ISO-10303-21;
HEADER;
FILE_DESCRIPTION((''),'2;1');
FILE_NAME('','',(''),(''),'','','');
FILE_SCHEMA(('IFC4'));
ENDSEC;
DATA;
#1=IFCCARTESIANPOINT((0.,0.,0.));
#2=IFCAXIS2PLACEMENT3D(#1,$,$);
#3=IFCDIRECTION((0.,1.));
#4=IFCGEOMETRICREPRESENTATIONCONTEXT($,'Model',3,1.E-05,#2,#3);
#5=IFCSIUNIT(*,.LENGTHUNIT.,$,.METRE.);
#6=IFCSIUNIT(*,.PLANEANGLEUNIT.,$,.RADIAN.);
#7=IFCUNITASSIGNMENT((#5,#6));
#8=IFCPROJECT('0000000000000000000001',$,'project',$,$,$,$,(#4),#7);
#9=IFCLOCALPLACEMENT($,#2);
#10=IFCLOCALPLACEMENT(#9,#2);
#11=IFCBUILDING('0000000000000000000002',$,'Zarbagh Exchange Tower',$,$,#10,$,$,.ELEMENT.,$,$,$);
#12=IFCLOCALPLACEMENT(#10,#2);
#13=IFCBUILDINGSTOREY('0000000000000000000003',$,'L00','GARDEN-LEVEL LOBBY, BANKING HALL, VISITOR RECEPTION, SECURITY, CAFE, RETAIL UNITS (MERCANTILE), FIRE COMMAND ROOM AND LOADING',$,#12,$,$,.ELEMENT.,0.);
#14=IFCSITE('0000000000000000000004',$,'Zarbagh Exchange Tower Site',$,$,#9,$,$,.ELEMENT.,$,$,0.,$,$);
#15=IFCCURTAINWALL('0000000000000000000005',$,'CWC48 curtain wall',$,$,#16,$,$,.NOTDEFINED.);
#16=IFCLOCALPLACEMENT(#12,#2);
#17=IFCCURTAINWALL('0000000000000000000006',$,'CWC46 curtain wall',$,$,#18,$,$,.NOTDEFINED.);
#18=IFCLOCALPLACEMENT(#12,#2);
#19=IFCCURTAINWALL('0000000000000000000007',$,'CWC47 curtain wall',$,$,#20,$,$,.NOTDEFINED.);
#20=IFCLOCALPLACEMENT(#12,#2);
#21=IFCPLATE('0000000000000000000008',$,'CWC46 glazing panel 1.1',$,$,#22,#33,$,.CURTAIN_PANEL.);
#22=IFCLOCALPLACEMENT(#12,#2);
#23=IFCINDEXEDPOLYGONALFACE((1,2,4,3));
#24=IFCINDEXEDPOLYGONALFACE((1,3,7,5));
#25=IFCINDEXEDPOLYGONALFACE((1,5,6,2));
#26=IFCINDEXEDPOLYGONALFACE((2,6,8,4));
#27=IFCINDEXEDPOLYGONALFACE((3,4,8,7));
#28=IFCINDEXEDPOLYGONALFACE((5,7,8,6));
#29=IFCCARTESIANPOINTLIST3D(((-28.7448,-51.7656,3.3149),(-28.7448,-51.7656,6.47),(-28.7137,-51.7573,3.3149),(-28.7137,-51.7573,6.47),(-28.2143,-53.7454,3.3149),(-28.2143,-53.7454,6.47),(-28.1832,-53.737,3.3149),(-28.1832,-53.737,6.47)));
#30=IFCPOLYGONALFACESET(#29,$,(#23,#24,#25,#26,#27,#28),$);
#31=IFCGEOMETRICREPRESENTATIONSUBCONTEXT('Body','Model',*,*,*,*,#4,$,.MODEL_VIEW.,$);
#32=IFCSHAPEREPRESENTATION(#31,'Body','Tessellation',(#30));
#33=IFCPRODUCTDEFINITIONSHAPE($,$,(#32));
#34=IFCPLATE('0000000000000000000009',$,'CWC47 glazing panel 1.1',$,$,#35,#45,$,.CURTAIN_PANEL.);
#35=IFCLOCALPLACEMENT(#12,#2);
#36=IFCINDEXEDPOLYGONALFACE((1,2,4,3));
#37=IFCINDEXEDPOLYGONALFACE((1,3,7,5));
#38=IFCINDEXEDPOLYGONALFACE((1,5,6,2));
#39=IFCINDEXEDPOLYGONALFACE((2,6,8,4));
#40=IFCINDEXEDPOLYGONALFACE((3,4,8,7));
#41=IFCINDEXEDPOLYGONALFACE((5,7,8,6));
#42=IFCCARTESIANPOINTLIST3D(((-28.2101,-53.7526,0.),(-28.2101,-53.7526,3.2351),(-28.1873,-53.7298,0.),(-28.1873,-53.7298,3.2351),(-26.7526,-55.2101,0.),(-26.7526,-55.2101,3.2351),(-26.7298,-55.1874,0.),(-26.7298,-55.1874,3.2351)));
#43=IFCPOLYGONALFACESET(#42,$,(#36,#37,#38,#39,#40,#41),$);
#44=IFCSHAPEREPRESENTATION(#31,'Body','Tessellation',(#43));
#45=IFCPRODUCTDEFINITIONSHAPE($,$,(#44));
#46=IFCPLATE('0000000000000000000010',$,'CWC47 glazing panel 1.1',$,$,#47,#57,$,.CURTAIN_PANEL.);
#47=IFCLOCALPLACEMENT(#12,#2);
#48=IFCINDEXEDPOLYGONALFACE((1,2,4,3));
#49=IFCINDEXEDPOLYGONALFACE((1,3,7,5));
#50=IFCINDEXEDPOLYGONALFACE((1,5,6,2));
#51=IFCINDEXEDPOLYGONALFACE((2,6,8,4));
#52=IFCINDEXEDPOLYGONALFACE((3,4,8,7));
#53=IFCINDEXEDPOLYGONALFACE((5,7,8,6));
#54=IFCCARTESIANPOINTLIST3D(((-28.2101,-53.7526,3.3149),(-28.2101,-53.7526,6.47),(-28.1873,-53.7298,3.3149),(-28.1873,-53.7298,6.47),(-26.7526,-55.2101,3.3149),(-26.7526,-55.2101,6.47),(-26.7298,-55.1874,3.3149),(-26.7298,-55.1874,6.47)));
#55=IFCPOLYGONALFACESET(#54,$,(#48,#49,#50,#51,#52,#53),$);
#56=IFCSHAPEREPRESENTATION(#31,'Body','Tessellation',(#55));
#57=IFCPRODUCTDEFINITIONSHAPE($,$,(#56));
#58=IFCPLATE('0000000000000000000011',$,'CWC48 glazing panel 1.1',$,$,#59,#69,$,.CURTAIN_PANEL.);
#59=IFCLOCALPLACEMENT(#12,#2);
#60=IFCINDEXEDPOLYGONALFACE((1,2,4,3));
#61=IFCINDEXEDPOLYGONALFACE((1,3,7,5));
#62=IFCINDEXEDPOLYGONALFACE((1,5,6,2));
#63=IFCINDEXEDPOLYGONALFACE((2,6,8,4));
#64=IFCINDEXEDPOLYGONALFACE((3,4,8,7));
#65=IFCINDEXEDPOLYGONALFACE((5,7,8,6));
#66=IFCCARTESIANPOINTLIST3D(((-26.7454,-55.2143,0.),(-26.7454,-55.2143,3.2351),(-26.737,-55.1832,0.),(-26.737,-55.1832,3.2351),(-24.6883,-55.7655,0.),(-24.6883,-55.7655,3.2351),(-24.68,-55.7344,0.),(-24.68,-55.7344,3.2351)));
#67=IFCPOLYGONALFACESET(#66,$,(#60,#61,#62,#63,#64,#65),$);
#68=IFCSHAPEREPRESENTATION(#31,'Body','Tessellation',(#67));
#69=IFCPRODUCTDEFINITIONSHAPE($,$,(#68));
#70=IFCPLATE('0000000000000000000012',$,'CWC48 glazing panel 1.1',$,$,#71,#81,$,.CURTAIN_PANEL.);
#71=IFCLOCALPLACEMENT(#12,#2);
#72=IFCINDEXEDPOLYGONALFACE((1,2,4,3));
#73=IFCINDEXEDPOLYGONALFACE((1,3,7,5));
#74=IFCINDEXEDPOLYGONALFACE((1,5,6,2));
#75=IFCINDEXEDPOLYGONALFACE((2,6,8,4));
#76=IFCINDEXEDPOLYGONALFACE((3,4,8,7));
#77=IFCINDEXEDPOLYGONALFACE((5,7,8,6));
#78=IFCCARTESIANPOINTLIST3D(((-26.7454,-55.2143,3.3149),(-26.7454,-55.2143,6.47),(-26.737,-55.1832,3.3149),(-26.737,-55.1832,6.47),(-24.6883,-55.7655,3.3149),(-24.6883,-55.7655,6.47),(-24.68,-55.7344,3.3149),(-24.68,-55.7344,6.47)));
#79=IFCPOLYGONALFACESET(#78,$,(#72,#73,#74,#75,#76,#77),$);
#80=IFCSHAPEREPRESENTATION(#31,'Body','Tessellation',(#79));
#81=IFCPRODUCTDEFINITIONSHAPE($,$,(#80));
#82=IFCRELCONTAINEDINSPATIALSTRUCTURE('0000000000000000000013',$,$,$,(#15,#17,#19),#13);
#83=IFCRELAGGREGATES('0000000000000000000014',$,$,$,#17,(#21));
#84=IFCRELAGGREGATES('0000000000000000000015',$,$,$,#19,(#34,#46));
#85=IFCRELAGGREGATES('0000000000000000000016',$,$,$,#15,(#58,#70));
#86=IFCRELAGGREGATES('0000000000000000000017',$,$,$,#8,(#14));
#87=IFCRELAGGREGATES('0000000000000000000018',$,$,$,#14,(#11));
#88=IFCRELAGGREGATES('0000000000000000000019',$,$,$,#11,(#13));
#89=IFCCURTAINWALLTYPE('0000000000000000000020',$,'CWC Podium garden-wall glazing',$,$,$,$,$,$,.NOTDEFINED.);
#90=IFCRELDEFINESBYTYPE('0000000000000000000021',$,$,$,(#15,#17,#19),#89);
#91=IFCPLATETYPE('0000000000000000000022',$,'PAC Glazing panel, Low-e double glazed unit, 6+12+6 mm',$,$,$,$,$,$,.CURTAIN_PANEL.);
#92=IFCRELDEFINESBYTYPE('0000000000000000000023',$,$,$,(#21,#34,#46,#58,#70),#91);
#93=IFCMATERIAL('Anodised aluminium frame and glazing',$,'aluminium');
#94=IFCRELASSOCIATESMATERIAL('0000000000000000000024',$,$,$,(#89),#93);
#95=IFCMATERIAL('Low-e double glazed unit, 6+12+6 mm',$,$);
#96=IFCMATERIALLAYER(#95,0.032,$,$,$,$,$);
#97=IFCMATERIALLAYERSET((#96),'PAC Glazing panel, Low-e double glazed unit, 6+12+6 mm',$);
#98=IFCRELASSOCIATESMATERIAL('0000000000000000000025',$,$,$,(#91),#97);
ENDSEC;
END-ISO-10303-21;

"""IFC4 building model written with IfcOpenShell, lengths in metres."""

from ifc_helpers import new_model, si_unit, direction, origin, place, context, subcontext, project, spatial, polyline, outline, extrude, source, transform, mapped, material, layer, layer_set, type_object, element, aggregate, save


model = new_model("IFC4")

# Units and contexts
model_context = context("Model", 3, precision=1e-05, world=origin(), true_north=direction((0.0, 1.0)))
body_context = subcontext(model_context, "Body", "Model", "MODEL_VIEW")
ifc_project = project(units=[si_unit("LENGTHUNIT", "METRE"), si_unit("PLANEANGLEUNIT", "RADIAN")], contexts=[model_context])

# Site, building, storey
site_placement = place(None, origin())
site = spatial("IfcSite", under=ifc_project, at=site_placement, Name="Zarbagh Exchange Tower Site", CompositionType="ELEMENT", RefElevation=0.0)
building_placement = place(site_placement, origin())
building = spatial("IfcBuilding", under=site, at=building_placement, Name="Zarbagh Exchange Tower", CompositionType="ELEMENT")
storey_placement = place(building_placement, origin())
storey = spatial("IfcBuildingStorey", under=building, at=storey_placement, Name="L00", Description="GARDEN-LEVEL LOBBY, BANKING HALL, VISITOR RECEPTION, SECURITY, CAFE, RETAIL UNITS (MERCANTILE), FIRE COMMAND ROOM AND LOADING", CompositionType="ELEMENT", Elevation=0.0)

# Shared definitions
ifc_material_1 = material(Name="Anodised aluminium frame and glazing", Category="aluminium")
placement = place(storey_placement, origin())

# Shared definitions
curtain_wall_type_1 = type_object("IfcCurtainWallType", Name="CWC Podium garden-wall glazing", PredefinedType="NOTDEFINED", material=ifc_material_1)

# Curtain walls
curtain_wall_1_placement = place(storey_placement, origin())
curtain_wall_1 = element("IfcCurtainWall", 1, at=curtain_wall_1_placement, inside=storey, type_object=curtain_wall_type_1, Name="CWC48 curtain wall", PredefinedType="NOTDEFINED")
curtain_wall_2_placement = place(storey_placement, origin())
curtain_wall_2 = element("IfcCurtainWall", 2, at=curtain_wall_2_placement, inside=storey, type_object=curtain_wall_type_1, Name="CWC46 curtain wall", PredefinedType="NOTDEFINED")

# Curtain wall
curtain_wall_3_placement = place(storey_placement, origin())
curtain_wall_3 = element("IfcCurtainWall", 3, at=curtain_wall_3_placement, inside=storey, type_object=curtain_wall_type_1, Name="CWC47 curtain wall", PredefinedType="NOTDEFINED")

# Plates
ifc_material_2 = material(Name="Low-e double glazed unit, 6+12+6 mm")
ifc_layer_1 = layer(ifc_material_2, 0.032)
ifc_layer_set_1 = layer_set([ifc_layer_1], Name="PAC Glazing panel, Low-e double glazed unit, 6+12+6 mm")
plate_type_1 = type_object("IfcPlateType", Name="PAC Glazing panel, Low-e double glazed unit, 6+12+6 mm", PredefinedType="CURTAIN_PANEL", material=ifc_layer_set_1)
shared_shape_1 = source(origin(), body_context, "Body", "SweptSolid", [
    extrude(outline(polyline([(0.0, -0.0161), (2.0496, -0.0161), (2.0496, 0.0161), (0.0, 0.0161), (0.0, -0.0161)])), origin(), (0.0, 0.0, 1.0), 3.155),
])
plate_1 = element("IfcPlate", 4, at=placement, type_object=plate_type_1, Name="CWC46 glazing panel 1.1", PredefinedType="CURTAIN_PANEL", context=body_context, shape_type="MappedRepresentation", body=[
    mapped(shared_shape_1, transform((-28.7292, -51.7615, 3.3149), x_axis=(0.258825, -0.965924, 0.0), y_axis=(0.965924, 0.258825, 0.0), z_axis=(0.0, 0.0, 1.0))),
])
aggregate(curtain_wall_2, [plate_1])
shared_shape_2 = source(origin(), body_context, "Body", "SweptSolid", [
    extrude(outline(polyline([(0.0, -0.0161), (2.0613, -0.0161), (2.0613, 0.0161), (0.0, 0.0161), (0.0, -0.0161)])), origin(), (0.0, 0.0, 1.0), 3.2351),
])
plate_2 = element("IfcPlate", 5, at=placement, type_object=plate_type_1, Name="CWC47 glazing panel 1.1", PredefinedType="CURTAIN_PANEL", context=body_context, shape_type="MappedRepresentation", body=[
    mapped(shared_shape_2, transform((-28.1987, -53.7412, 0.0), x_axis=(0.707107, -0.707107, 0.0), y_axis=(0.707107, 0.707107, 0.0), z_axis=(0.0, 0.0, 1.0))),
])
shared_shape_3 = source(origin(), body_context, "Body", "SweptSolid", [
    extrude(outline(polyline([(0.0, -0.0161), (2.0613, -0.0161), (2.0613, 0.0161), (0.0, 0.0161), (0.0, -0.0161)])), origin(), (0.0, 0.0, 1.0), 3.155),
])
plate_3 = element("IfcPlate", 6, at=placement, type_object=plate_type_1, Name="CWC47 glazing panel 1.1", PredefinedType="CURTAIN_PANEL", context=body_context, shape_type="MappedRepresentation", body=[
    mapped(shared_shape_3, transform((-28.1987, -53.7412, 3.3149), x_axis=(0.707107, -0.707107, 0.0), y_axis=(0.707107, 0.707107, 0.0), z_axis=(0.0, 0.0, 1.0))),
])
aggregate(curtain_wall_3, [plate_2, plate_3])
shared_shape_4 = source(origin(), body_context, "Body", "SweptSolid", [
    extrude(outline(polyline([(0.0, -0.0161), (2.1296, -0.0161), (2.1296, 0.0161), (0.0, 0.0161), (0.0, -0.0161)])), origin(), (0.0, 0.0, 1.0), 3.2351),
])
plate_4 = element("IfcPlate", 7, at=placement, type_object=plate_type_1, Name="CWC48 glazing panel 1.1", PredefinedType="CURTAIN_PANEL", context=body_context, shape_type="MappedRepresentation", body=[
    mapped(shared_shape_4, transform((-26.7412, -55.1987, 0.0), x_axis=(0.965924, -0.258825, 0.0), y_axis=(0.258825, 0.965924, 0.0), z_axis=(0.0, 0.0, 1.0))),
])
shared_shape_5 = source(origin(), body_context, "Body", "SweptSolid", [
    extrude(outline(polyline([(0.0, -0.0161), (2.1296, -0.0161), (2.1296, 0.0161), (0.0, 0.0161), (0.0, -0.0161)])), origin(), (0.0, 0.0, 1.0), 3.155),
])
plate_5 = element("IfcPlate", 8, at=placement, type_object=plate_type_1, Name="CWC48 glazing panel 1.1", PredefinedType="CURTAIN_PANEL", context=body_context, shape_type="MappedRepresentation", body=[
    mapped(shared_shape_5, transform((-26.7412, -55.1987, 3.3149), x_axis=(0.965924, -0.258825, 0.0), y_axis=(0.258825, 0.965924, 0.0), z_axis=(0.0, 0.0, 1.0))),
])
aggregate(curtain_wall_1, [plate_4, plate_5])

save(model, "model.ifc")
